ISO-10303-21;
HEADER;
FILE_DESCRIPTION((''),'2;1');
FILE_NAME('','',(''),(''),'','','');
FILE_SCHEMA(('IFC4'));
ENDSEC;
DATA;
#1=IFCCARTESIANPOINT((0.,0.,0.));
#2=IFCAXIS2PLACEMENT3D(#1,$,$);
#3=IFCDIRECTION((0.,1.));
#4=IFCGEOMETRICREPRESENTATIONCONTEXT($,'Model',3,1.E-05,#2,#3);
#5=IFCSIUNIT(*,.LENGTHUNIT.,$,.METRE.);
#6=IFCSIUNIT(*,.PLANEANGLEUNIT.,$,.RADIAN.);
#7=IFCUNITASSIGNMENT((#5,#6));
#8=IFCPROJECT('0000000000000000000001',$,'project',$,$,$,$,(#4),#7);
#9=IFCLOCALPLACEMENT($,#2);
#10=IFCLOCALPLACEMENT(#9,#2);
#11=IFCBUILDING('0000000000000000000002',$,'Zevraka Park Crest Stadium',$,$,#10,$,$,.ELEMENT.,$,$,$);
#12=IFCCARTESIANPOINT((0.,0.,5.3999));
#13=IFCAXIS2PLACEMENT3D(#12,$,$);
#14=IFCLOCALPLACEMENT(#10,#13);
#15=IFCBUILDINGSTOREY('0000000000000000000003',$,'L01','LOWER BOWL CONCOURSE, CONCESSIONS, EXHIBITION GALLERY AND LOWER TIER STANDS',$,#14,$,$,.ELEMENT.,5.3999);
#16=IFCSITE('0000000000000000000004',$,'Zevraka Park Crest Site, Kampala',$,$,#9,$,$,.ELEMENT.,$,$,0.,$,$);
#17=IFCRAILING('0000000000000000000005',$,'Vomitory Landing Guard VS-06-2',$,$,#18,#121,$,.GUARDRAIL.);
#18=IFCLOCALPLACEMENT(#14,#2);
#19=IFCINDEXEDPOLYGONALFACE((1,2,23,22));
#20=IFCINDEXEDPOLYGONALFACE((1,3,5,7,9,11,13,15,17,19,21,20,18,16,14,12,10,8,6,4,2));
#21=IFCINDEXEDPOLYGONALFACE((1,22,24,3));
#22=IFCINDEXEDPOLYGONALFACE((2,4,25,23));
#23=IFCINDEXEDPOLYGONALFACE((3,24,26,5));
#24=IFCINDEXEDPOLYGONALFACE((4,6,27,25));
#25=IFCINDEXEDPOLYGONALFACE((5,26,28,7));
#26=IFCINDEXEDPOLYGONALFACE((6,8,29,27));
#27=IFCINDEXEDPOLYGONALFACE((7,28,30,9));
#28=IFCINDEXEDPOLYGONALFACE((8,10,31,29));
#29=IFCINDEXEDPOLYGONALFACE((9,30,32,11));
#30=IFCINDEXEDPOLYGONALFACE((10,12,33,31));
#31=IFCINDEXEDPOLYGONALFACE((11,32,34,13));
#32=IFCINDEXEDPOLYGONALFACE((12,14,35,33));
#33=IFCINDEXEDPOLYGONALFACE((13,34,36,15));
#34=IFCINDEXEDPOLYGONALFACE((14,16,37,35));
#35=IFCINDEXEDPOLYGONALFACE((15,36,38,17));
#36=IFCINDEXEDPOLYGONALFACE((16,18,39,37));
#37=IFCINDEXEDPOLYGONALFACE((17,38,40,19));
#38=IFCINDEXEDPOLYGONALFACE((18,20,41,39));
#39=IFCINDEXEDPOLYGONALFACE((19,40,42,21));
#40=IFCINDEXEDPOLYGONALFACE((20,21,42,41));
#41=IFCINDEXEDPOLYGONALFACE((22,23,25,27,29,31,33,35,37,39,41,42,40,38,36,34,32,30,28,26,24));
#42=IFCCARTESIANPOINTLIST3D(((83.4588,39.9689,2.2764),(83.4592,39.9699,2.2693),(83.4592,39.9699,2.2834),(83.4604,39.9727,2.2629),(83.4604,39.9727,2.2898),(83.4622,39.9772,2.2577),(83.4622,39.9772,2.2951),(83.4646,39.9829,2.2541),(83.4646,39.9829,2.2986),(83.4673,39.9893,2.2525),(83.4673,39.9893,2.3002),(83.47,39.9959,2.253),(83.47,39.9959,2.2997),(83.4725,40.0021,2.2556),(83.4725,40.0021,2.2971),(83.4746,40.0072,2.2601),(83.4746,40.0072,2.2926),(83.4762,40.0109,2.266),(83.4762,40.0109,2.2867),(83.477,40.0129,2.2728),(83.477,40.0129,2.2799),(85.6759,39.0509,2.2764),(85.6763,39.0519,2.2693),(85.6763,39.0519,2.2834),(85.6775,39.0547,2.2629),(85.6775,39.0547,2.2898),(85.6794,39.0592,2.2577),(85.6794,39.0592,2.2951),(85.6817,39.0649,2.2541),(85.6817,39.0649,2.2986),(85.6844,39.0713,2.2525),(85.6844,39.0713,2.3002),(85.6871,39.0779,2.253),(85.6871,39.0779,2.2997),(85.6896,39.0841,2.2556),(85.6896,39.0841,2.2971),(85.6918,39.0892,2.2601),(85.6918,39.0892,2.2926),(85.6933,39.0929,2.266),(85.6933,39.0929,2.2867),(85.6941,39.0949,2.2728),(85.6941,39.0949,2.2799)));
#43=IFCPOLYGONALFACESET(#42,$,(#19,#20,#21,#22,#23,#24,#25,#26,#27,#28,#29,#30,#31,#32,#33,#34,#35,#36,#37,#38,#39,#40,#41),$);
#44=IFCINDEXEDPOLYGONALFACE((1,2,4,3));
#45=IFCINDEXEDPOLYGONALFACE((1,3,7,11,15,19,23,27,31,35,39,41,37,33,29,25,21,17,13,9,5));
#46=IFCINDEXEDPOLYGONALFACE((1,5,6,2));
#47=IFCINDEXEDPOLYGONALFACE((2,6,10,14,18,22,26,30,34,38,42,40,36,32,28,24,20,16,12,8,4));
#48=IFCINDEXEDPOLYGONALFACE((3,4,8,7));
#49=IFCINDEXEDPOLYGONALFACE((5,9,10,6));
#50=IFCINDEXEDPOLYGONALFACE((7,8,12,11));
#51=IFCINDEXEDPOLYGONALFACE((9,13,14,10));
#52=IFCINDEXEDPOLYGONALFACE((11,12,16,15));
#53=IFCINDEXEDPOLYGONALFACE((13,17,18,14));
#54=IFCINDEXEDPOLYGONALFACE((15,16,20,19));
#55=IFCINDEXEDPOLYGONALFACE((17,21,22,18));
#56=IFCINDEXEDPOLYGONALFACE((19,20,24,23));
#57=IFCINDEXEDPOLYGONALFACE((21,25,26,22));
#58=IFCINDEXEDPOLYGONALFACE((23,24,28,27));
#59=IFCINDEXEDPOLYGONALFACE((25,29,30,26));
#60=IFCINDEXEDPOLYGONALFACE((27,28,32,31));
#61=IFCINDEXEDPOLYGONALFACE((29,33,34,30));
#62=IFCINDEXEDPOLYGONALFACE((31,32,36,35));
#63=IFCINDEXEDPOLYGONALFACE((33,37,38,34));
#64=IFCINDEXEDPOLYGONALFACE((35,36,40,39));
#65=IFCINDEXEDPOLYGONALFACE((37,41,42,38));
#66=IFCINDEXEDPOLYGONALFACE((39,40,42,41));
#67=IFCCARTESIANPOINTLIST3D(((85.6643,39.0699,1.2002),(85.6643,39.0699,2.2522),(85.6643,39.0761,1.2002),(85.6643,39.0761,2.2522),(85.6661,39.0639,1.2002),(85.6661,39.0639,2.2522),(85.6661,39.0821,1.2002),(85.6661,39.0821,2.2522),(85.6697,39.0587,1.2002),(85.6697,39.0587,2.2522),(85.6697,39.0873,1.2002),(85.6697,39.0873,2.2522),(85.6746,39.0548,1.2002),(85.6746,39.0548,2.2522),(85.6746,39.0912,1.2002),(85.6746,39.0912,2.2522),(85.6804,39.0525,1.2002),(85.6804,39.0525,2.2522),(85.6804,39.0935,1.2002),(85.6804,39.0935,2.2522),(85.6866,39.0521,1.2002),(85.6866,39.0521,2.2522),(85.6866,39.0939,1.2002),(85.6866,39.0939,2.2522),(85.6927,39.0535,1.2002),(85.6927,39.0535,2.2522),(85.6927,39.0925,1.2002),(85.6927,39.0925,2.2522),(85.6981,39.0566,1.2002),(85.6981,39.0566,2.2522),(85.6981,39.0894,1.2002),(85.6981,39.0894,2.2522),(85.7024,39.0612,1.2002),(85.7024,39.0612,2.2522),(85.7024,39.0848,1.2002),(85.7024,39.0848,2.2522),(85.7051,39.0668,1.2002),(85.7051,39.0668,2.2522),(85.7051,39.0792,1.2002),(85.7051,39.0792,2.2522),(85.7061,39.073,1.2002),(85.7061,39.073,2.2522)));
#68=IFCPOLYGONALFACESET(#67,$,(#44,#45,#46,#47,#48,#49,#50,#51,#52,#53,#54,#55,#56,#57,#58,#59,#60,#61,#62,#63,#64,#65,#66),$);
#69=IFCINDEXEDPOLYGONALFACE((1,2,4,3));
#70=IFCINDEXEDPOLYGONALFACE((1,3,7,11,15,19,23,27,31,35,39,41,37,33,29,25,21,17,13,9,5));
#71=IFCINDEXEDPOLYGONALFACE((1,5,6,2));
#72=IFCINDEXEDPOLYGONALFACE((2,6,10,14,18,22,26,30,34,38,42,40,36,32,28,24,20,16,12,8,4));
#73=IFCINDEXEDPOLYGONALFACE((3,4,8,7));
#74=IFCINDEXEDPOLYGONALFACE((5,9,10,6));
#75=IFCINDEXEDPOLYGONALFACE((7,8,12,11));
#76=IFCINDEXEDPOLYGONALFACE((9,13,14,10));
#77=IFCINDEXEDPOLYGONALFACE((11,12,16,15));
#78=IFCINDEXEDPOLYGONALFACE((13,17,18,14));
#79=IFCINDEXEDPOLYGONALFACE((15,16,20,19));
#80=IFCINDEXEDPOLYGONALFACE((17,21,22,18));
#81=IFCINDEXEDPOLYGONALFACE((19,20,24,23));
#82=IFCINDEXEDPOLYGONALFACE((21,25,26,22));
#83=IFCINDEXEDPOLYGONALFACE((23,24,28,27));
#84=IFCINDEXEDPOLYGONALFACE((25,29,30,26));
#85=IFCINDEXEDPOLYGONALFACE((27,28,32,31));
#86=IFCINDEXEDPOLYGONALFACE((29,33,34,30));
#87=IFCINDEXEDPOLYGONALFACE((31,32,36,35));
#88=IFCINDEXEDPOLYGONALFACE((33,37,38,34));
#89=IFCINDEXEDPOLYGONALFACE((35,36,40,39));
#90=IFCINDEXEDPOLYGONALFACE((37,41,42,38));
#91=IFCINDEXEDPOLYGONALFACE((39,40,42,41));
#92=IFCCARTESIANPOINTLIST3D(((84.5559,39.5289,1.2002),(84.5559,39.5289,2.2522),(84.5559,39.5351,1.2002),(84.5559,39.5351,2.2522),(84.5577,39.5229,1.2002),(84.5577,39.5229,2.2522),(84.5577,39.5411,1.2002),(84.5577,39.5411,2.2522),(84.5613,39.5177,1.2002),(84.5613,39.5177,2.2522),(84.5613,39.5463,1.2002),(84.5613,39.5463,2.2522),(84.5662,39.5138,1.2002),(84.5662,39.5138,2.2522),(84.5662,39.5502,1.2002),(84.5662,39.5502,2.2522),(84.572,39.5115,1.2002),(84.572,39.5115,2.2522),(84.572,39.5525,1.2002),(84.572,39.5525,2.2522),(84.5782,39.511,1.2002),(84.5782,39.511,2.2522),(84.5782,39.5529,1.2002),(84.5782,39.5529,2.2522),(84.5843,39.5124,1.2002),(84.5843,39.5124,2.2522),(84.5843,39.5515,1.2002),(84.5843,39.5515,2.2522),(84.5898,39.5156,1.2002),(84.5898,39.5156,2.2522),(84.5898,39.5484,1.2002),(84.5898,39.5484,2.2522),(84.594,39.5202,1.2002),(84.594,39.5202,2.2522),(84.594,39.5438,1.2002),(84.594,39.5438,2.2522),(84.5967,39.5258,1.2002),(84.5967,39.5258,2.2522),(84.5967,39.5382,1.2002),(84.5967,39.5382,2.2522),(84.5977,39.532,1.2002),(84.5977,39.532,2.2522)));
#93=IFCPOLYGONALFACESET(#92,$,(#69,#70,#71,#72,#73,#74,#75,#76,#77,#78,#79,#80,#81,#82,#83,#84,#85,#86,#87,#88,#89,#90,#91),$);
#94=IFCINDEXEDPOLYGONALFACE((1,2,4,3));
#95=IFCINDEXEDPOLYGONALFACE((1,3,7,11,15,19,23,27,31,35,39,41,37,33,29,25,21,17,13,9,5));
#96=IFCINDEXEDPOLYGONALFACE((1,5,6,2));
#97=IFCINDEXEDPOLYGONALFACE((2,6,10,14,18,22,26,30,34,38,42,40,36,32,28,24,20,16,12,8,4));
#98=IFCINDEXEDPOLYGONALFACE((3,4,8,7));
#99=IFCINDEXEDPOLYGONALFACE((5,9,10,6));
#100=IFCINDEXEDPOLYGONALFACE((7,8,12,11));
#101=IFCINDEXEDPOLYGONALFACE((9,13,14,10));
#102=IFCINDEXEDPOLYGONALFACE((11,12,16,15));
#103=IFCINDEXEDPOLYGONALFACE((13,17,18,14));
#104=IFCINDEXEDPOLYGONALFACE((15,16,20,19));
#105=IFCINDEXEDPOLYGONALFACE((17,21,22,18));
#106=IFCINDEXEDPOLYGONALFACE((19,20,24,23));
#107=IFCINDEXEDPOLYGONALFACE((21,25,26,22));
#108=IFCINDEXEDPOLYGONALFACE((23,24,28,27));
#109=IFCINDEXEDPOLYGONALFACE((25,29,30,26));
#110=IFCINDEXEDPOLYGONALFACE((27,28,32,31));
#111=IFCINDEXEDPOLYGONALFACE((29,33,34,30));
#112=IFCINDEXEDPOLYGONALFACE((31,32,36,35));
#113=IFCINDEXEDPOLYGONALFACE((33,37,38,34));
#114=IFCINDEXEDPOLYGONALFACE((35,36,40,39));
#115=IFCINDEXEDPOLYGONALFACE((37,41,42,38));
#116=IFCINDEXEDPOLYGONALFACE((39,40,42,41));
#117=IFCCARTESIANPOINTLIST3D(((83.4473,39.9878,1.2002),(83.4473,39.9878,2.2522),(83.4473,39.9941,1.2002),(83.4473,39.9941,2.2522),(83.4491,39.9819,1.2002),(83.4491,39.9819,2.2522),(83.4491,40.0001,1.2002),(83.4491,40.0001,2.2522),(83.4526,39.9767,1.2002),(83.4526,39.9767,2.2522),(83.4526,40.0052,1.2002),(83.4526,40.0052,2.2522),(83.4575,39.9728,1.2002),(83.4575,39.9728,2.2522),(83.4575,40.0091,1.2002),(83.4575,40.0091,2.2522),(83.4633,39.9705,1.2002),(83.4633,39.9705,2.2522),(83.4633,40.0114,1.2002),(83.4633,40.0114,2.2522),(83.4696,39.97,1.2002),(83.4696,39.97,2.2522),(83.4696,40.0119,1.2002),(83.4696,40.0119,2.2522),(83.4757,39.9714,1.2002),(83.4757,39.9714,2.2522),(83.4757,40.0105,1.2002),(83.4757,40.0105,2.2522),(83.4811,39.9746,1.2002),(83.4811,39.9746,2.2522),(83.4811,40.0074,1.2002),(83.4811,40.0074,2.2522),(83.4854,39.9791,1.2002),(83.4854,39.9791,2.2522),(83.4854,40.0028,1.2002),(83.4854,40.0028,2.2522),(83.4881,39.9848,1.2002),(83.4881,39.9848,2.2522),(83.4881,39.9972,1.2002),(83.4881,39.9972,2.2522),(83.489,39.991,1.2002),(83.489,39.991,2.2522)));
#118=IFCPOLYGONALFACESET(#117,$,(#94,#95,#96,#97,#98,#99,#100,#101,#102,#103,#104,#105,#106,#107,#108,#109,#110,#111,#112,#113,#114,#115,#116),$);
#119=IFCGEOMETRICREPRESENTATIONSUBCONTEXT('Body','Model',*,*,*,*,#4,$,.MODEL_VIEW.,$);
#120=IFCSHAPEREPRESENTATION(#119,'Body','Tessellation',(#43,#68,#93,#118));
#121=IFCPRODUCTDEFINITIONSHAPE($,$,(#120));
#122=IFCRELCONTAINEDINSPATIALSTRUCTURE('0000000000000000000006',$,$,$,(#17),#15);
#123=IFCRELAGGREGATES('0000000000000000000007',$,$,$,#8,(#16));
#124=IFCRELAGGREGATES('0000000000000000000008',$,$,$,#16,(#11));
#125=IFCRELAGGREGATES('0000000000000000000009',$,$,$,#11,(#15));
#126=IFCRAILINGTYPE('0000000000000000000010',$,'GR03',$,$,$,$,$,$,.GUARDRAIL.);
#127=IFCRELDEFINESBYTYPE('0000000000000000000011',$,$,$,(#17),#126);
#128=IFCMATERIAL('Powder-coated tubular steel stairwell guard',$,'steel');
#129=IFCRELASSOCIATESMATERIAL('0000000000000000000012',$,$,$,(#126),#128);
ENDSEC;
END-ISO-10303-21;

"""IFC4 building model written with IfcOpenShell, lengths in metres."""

from ifc_helpers import new_model, si_unit, direction, frame, origin, origin_2d, place, context, subcontext, project, spatial, circle, extrude, material, type_object, element, save


model = new_model("IFC4")

# Units and contexts
model_context = context("Model", 3, precision=1e-05, world=origin(), true_north=direction((0.0, 1.0)))
body_context = subcontext(model_context, "Body", "Model", "MODEL_VIEW")
ifc_project = project(units=[si_unit("LENGTHUNIT", "METRE"), si_unit("PLANEANGLEUNIT", "RADIAN")], contexts=[model_context])

# Site, building, storey
site_placement = place(None, origin())
site = spatial("IfcSite", under=ifc_project, at=site_placement, Name="Zevraka Park Crest Site, Kampala", CompositionType="ELEMENT", RefElevation=0.0)
building_placement = place(site_placement, origin())
building = spatial("IfcBuilding", under=site, at=building_placement, Name="Zevraka Park Crest Stadium", CompositionType="ELEMENT")
storey_placement = place(building_placement, frame((0.0, 0.0, 5.3999)))
storey = spatial("IfcBuildingStorey", under=building, at=storey_placement, Name="L01", Description="LOWER BOWL CONCOURSE, CONCESSIONS, EXHIBITION GALLERY AND LOWER TIER STANDS", CompositionType="ELEMENT", Elevation=5.3999)

# Railing
ifc_material_1 = material(Name="Powder-coated tubular steel stairwell guard", Category="steel")
railing_type_1 = type_object("IfcRailingType", Name="GR03", PredefinedType="GUARDRAIL", material=ifc_material_1)
railing_1_placement = place(storey_placement, frame((85.6851, 39.073, 1.2002)))
element("IfcRailing", 1, at=railing_1_placement, inside=storey, type_object=railing_type_1, Name="Vomitory Landing Guard VS-06-2", PredefinedType="GUARDRAIL", context=body_context, shape_type="SweptSolid", body=[
    extrude(circle(Radius=0.0239, at=origin_2d()), frame((0.0, 0.0, 1.0762), z_axis=(-0.923933, 0.382555, 0.0), x_axis=(-0.382555, -0.923933, 0.0)), (0.0, 0.0, 1.0), 2.3997),
    extrude(circle(Radius=0.021, at=origin_2d()), origin(), (0.0, 0.0, 1.0), 1.052),
    extrude(circle(Radius=0.021, at=origin_2d()), frame((-1.1084, 0.459, 0.0)), (0.0, 0.0, 1.0), 1.052),
    extrude(circle(Radius=0.021, at=origin_2d()), frame((-2.217, 0.918, 0.0)), (0.0, 0.0, 1.0), 1.052),
])

save(model, "model.ifc")
